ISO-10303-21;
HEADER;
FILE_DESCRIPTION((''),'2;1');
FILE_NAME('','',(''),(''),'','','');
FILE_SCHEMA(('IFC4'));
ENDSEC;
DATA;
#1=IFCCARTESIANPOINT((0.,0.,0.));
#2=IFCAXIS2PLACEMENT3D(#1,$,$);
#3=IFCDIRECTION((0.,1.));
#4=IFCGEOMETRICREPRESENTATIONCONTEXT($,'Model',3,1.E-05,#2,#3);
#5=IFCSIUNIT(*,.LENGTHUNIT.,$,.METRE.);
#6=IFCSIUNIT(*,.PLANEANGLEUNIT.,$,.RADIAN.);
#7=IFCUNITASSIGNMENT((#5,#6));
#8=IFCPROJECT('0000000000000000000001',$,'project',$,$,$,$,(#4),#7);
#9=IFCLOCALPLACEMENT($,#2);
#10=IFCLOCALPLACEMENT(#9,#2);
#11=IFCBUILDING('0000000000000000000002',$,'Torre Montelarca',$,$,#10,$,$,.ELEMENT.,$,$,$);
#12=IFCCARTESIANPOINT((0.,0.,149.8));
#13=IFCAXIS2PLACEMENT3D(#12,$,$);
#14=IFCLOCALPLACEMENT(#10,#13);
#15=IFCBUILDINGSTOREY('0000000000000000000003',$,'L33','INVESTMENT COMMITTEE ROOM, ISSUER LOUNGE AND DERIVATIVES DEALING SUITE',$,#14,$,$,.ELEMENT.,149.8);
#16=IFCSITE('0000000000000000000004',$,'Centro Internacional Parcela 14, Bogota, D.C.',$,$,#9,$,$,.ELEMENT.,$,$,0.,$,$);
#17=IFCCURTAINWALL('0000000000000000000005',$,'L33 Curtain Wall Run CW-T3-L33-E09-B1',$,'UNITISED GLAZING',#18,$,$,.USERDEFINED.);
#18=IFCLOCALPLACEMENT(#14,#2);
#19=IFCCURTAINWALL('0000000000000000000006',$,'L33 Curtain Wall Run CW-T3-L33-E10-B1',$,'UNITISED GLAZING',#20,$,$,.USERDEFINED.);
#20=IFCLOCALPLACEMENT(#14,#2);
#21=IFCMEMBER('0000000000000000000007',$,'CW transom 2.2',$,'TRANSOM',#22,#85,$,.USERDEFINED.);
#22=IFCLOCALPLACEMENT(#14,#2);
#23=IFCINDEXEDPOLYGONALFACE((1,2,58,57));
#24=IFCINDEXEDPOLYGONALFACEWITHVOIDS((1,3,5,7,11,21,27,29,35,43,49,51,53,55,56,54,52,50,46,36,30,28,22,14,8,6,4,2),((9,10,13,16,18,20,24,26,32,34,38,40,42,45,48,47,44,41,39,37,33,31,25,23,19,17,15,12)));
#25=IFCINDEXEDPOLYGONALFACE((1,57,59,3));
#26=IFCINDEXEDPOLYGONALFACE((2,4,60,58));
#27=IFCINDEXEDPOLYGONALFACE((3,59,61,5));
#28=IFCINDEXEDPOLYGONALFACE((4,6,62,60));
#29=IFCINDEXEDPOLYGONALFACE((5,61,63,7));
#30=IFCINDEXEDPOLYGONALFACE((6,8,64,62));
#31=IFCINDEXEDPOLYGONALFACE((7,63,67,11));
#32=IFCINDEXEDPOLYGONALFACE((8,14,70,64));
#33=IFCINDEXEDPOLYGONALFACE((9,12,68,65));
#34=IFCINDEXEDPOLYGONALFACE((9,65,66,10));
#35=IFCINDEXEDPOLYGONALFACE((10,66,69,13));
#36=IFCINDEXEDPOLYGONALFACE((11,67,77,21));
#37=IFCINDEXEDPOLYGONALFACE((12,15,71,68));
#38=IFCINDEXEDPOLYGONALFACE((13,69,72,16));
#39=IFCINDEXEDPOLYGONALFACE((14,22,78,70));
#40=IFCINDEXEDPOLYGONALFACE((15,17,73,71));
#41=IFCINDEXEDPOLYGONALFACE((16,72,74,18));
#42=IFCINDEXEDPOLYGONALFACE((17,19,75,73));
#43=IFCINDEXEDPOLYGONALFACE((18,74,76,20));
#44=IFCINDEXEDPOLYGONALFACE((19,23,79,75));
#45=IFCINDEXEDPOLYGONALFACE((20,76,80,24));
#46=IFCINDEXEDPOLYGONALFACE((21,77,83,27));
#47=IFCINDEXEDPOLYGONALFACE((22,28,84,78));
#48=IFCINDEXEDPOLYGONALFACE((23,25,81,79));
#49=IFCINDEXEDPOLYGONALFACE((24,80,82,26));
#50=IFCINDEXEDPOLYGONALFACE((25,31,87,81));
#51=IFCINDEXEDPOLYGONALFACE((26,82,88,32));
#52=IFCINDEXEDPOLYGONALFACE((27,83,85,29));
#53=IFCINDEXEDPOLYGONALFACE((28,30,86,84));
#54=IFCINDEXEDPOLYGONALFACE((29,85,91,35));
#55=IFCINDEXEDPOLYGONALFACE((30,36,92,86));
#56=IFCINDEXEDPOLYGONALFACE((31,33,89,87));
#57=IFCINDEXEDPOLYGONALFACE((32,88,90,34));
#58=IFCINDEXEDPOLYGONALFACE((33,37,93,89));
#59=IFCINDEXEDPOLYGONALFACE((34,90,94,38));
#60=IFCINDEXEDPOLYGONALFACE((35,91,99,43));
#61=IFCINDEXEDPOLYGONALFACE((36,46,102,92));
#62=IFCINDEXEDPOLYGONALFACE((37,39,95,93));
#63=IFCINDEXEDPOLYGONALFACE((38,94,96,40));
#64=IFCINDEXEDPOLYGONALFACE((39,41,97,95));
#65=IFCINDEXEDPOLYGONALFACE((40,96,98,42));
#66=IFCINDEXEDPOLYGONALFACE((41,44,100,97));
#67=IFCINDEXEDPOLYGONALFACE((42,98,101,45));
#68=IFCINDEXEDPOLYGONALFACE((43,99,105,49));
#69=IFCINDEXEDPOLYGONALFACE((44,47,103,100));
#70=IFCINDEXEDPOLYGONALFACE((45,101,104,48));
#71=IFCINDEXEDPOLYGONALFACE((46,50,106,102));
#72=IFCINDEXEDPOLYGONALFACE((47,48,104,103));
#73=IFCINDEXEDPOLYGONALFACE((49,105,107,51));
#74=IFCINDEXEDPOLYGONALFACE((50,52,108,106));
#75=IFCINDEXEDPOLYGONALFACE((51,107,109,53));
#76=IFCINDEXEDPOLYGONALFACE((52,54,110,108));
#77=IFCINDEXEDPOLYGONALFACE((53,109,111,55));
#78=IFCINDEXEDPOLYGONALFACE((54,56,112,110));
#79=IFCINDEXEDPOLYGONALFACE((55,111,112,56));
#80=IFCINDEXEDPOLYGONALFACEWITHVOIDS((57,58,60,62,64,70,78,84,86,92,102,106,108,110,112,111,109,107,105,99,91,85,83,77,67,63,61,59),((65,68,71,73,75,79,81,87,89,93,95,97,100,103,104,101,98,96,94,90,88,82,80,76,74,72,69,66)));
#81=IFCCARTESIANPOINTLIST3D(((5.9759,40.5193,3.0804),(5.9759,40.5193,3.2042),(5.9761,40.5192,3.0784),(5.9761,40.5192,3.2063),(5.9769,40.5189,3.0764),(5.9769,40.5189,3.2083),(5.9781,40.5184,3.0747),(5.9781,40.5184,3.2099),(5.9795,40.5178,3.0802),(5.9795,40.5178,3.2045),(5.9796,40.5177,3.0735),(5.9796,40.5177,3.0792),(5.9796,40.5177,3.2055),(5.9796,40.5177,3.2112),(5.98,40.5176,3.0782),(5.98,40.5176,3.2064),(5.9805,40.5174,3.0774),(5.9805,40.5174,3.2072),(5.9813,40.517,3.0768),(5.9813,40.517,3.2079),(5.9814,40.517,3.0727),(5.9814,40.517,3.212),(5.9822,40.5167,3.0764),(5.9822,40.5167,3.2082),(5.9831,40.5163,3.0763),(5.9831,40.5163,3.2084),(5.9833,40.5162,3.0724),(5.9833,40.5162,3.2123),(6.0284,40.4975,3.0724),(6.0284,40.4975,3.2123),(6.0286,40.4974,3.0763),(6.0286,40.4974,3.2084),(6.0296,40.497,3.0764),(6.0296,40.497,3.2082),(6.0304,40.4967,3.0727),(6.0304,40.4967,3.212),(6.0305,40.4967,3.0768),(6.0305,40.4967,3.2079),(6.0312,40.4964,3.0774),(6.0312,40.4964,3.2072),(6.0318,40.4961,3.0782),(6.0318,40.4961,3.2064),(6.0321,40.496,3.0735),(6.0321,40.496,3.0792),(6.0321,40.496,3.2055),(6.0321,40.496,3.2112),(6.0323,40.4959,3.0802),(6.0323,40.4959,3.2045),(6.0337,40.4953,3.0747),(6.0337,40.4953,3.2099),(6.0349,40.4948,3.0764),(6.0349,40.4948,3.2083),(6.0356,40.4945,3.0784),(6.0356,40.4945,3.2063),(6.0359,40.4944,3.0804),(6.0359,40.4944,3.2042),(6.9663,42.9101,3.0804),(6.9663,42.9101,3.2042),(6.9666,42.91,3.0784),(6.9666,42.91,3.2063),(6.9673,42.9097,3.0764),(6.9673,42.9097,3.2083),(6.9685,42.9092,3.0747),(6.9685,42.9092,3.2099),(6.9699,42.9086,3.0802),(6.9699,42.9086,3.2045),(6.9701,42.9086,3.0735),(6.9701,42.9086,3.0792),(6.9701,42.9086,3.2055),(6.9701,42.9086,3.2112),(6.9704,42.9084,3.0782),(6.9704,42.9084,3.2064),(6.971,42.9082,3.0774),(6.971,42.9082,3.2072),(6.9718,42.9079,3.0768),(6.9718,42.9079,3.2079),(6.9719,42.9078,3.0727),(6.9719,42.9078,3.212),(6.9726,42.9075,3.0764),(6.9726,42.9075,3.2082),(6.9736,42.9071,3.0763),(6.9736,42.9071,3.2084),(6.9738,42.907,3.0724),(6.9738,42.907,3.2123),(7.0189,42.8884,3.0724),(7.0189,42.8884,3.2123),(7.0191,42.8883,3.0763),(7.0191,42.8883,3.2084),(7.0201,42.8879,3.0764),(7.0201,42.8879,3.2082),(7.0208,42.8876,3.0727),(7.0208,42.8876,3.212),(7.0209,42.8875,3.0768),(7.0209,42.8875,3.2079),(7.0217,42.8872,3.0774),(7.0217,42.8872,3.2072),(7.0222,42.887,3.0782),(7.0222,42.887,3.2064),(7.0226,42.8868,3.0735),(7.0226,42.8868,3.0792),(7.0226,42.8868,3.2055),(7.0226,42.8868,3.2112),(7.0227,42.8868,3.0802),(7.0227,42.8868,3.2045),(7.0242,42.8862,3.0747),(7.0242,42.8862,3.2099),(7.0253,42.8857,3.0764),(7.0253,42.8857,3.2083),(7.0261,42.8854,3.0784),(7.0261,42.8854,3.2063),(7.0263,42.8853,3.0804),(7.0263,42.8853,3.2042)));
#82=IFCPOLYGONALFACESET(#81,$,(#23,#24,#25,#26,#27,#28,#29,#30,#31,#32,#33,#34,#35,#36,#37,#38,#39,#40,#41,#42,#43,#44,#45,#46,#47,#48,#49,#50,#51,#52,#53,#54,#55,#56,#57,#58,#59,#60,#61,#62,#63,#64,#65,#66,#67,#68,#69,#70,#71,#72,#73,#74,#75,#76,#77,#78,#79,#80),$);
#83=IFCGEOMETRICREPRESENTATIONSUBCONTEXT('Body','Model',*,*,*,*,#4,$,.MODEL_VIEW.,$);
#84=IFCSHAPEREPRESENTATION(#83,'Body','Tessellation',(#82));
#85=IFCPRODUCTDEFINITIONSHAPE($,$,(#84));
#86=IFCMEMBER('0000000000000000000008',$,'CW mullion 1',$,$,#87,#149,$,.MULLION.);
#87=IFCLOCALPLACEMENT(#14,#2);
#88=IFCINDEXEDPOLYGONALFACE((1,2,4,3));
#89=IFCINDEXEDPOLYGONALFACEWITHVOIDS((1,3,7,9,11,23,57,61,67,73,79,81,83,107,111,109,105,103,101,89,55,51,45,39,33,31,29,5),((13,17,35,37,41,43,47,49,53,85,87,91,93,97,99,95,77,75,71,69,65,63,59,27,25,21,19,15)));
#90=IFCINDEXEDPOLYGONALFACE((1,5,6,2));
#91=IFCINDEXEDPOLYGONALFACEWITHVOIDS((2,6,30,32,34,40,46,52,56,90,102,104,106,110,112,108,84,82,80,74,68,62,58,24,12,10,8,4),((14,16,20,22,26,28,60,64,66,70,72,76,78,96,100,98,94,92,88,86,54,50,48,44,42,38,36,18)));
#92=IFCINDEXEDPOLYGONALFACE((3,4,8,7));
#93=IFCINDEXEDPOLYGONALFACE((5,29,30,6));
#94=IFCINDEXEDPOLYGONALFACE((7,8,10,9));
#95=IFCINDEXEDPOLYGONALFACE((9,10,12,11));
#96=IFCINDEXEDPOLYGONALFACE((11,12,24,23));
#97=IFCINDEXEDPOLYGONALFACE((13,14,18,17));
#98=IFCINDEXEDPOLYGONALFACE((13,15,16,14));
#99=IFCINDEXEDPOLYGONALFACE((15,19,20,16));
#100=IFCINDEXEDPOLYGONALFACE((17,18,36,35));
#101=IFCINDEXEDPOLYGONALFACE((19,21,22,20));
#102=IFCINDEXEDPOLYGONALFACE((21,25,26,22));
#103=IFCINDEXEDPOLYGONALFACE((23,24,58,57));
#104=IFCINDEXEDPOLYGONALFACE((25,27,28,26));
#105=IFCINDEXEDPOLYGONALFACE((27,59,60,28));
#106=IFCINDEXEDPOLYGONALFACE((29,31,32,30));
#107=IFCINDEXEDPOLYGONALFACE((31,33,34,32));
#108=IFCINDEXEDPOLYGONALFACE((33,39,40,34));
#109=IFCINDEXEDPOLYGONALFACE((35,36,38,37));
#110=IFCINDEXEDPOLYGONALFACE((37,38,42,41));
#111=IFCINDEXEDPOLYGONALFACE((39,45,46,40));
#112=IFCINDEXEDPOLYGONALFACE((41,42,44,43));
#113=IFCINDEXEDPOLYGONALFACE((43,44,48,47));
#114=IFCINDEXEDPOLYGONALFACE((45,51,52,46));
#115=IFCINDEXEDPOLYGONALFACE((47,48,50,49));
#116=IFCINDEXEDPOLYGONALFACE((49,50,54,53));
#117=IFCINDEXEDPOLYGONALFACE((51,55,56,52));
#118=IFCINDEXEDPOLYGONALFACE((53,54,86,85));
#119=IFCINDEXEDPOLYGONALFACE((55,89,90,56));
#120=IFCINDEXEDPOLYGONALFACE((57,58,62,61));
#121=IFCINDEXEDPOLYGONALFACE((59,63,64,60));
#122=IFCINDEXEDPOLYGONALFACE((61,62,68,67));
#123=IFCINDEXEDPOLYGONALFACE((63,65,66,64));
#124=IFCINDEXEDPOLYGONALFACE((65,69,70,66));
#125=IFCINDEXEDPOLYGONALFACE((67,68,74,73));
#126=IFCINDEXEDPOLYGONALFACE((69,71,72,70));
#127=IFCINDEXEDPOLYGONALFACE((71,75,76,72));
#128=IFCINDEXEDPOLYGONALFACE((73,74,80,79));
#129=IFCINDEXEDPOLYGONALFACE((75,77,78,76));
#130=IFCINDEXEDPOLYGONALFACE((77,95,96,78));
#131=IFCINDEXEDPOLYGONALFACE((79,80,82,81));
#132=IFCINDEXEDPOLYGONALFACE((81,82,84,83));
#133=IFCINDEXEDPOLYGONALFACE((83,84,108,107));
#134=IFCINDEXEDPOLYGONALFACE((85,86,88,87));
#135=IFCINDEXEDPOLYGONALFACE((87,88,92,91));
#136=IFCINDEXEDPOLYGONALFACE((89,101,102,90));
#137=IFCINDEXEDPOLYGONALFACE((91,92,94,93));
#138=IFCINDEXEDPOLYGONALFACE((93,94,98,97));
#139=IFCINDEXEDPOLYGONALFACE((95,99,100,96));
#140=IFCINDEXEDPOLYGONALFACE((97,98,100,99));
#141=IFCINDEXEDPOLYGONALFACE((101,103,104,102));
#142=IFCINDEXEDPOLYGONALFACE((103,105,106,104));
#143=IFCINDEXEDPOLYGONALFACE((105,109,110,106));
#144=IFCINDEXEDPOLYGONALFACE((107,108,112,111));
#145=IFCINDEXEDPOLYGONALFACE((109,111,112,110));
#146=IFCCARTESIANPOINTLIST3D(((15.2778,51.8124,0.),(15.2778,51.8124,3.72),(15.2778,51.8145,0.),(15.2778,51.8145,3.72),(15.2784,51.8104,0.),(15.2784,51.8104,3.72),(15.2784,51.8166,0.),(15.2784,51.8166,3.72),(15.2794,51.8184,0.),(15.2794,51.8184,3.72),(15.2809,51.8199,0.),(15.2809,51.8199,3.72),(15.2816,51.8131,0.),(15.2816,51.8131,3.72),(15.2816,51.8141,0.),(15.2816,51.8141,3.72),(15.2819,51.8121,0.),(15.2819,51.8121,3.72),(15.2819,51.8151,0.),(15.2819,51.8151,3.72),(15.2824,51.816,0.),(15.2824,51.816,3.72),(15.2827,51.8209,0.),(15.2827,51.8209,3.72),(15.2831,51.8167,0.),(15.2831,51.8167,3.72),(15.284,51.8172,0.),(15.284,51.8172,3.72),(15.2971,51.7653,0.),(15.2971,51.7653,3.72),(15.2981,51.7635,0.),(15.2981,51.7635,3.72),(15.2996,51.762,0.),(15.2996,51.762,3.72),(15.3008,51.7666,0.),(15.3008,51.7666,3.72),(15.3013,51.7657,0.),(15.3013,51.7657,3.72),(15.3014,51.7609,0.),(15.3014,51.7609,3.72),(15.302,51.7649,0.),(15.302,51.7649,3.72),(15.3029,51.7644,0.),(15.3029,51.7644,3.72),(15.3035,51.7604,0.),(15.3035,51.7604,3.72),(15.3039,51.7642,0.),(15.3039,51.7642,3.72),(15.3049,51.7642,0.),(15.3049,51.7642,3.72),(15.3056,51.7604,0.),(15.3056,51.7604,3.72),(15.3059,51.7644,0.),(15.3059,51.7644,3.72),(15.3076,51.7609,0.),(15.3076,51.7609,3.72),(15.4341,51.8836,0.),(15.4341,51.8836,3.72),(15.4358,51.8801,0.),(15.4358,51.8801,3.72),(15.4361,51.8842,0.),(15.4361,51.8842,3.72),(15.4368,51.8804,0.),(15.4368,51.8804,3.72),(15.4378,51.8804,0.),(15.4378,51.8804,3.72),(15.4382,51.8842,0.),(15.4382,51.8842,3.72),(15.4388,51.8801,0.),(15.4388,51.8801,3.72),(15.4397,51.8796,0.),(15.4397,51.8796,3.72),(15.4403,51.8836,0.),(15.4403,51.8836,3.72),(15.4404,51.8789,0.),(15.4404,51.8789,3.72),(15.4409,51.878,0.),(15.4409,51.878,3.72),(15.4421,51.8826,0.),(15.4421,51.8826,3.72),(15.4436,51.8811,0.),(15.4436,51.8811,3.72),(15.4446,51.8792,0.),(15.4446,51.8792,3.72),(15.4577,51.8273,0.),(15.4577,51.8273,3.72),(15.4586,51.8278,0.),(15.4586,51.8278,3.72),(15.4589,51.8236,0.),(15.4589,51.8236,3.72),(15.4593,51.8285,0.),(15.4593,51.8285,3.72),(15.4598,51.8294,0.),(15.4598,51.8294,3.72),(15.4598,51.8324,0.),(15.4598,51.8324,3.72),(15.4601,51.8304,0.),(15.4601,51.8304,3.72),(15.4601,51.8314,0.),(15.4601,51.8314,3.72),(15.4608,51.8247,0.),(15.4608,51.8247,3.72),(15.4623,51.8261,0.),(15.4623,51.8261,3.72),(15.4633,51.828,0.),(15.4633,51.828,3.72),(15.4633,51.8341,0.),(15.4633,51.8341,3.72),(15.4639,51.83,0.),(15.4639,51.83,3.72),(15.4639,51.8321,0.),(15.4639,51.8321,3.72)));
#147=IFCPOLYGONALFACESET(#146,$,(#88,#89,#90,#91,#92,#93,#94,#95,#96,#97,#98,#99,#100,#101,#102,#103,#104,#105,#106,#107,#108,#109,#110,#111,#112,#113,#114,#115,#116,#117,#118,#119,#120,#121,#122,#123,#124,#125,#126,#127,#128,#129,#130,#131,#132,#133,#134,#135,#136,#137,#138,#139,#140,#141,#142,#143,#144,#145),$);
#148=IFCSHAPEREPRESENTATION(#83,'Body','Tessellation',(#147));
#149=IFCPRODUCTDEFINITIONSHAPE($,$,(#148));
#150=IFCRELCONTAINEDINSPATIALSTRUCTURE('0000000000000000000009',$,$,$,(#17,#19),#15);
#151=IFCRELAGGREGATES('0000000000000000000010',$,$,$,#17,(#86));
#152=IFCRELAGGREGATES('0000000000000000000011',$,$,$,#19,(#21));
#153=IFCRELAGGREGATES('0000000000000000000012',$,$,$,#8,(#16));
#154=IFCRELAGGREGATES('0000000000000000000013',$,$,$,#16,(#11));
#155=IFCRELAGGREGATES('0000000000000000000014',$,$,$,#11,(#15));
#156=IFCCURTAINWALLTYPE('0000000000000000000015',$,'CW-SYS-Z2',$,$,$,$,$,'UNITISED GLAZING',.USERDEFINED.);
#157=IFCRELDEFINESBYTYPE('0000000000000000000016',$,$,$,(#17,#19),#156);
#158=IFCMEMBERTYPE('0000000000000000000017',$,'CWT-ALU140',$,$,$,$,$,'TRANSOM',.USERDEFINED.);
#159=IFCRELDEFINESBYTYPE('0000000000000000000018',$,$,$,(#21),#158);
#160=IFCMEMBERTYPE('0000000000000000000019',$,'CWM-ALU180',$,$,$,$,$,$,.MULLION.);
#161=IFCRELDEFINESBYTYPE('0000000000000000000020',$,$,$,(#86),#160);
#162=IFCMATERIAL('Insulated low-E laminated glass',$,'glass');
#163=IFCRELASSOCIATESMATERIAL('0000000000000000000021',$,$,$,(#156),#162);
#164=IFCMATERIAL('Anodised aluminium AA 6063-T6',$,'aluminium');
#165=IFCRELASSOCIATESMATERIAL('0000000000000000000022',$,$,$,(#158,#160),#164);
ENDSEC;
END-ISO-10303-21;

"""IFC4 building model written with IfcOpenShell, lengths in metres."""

from ifc_helpers import new_model, si_unit, direction, frame, origin, origin_2d, place, context, subcontext, project, spatial, hollow_rectangle, extrude, source, transform, mapped, material, material_profile, profile_set, type_object, element, aggregate, save


model = new_model("IFC4")

# Units and contexts
model_context = context("Model", 3, precision=1e-05, world=origin(), true_north=direction((0.0, 1.0)))
body_context = subcontext(model_context, "Body", "Model", "MODEL_VIEW")
ifc_project = project(units=[si_unit("LENGTHUNIT", "METRE"), si_unit("PLANEANGLEUNIT", "RADIAN")], contexts=[model_context])

# Site, building, storey
site_placement = place(None, origin())
site = spatial("IfcSite", under=ifc_project, at=site_placement, Name="Centro Internacional Parcela 14, Bogota, D.C.", CompositionType="ELEMENT", RefElevation=0.0)
building_placement = place(site_placement, origin())
building = spatial("IfcBuilding", under=site, at=building_placement, Name="Torre Montelarca", CompositionType="ELEMENT")
storey_placement = place(building_placement, frame((0.0, 0.0, 149.8)))
storey = spatial("IfcBuildingStorey", under=building, at=storey_placement, Name="L33", Description="INVESTMENT COMMITTEE ROOM, ISSUER LOUNGE AND DERIVATIVES DEALING SUITE", CompositionType="ELEMENT", Elevation=149.8)

# Curtain walls, member
ifc_material_1 = material(Name="Insulated low-E laminated glass", Category="glass")
curtain_wall_type = type_object("IfcCurtainWallType", Name="CW-SYS-Z2", ElementType="UNITISED GLAZING", PredefinedType="USERDEFINED", material=ifc_material_1)
curtain_wall_1_placement = place(storey_placement, origin())
curtain_wall_1 = element("IfcCurtainWall", 1, at=curtain_wall_1_placement, inside=storey, type_object=curtain_wall_type, Name="L33 Curtain Wall Run CW-T3-L33-E09-B1", ObjectType="UNITISED GLAZING", PredefinedType="USERDEFINED")
ifc_material_2 = material(Name="Anodised aluminium AA 6063-T6", Category="aluminium")
ifc_material_profile_1 = material_profile(ifc_material_2, hollow_rectangle(XDim=0.0649, YDim=0.1399, WallThickness=0.0039, InnerFilletRadius=0.0039, OuterFilletRadius=0.0081, at=origin_2d()), Name="ALU65X140X4", Category="aluminium")
ifc_profile_set_1 = profile_set([ifc_material_profile_1], Name="Anodised aluminium AA 6063-T6")
member_type_1 = type_object("IfcMemberType", Name="CWT-ALU140", ElementType="TRANSOM", PredefinedType="USERDEFINED", material=ifc_profile_set_1)
curtain_wall_2_placement = place(storey_placement, origin())
curtain_wall_2 = element("IfcCurtainWall", 2, at=curtain_wall_2_placement, inside=storey, type_object=curtain_wall_type, Name="L33 Curtain Wall Run CW-T3-L33-E10-B1", ObjectType="UNITISED GLAZING", PredefinedType="USERDEFINED")
shared_shape_1 = source(origin(), body_context, "Body", "SweptSolid", [
    extrude(hollow_rectangle(XDim=0.0649, YDim=0.1399, WallThickness=0.0039, InnerFilletRadius=0.0039, OuterFilletRadius=0.0081, at=origin_2d()), origin(), (0.0, 0.0, 1.0), 2.5879),
])
member_1_placement = place(storey_placement, frame((6.9963, 42.8977, 3.1423), z_axis=(-0.382732, -0.923859, 0.0), x_axis=(0.923859, -0.382732, 0.0)))
member_1 = element("IfcMember", 3, at=member_1_placement, type_object=member_type_1, Name="CW transom 2.2", ObjectType="TRANSOM", PredefinedType="USERDEFINED", context=body_context, shape_type="MappedRepresentation", body=[
    mapped(shared_shape_1, transform((0.0, 0.0, 0.0), scale=1.0)),
])

# Member
ifc_material_profile_2 = material_profile(ifc_material_2, hollow_rectangle(XDim=0.0649, YDim=0.1799, WallThickness=0.0039, InnerFilletRadius=0.0039, OuterFilletRadius=0.0081, at=origin_2d()), Name="ALU65X180X4", Category="aluminium")
ifc_profile_set_2 = profile_set([ifc_material_profile_2], Name="Anodised aluminium AA 6063-T6")
member_type_2 = type_object("IfcMemberType", Name="CWM-ALU180", PredefinedType="MULLION", material=ifc_profile_set_2)
shared_shape_2 = source(origin(), body_context, "Body", "SweptSolid", [
    extrude(hollow_rectangle(XDim=0.0649, YDim=0.1799, WallThickness=0.0039, InnerFilletRadius=0.0039, OuterFilletRadius=0.0081, at=origin_2d()), origin(), (0.0, 0.0, 1.0), 3.72),
])
member_2_placement = place(storey_placement, frame((15.3708, 51.8223, 0.0), z_axis=(0.0, 0.0, 1.0), x_axis=(0.382676, -0.923883, 0.0)))
member_2 = element("IfcMember", 4, at=member_2_placement, type_object=member_type_2, Name="CW mullion 1", PredefinedType="MULLION", context=body_context, shape_type="MappedRepresentation", body=[
    mapped(shared_shape_2, transform((0.0, 0.0, 0.0), scale=1.0)),
])

aggregate(curtain_wall_1, [member_2])
aggregate(curtain_wall_2, [member_1])

save(model, "model.ifc")
